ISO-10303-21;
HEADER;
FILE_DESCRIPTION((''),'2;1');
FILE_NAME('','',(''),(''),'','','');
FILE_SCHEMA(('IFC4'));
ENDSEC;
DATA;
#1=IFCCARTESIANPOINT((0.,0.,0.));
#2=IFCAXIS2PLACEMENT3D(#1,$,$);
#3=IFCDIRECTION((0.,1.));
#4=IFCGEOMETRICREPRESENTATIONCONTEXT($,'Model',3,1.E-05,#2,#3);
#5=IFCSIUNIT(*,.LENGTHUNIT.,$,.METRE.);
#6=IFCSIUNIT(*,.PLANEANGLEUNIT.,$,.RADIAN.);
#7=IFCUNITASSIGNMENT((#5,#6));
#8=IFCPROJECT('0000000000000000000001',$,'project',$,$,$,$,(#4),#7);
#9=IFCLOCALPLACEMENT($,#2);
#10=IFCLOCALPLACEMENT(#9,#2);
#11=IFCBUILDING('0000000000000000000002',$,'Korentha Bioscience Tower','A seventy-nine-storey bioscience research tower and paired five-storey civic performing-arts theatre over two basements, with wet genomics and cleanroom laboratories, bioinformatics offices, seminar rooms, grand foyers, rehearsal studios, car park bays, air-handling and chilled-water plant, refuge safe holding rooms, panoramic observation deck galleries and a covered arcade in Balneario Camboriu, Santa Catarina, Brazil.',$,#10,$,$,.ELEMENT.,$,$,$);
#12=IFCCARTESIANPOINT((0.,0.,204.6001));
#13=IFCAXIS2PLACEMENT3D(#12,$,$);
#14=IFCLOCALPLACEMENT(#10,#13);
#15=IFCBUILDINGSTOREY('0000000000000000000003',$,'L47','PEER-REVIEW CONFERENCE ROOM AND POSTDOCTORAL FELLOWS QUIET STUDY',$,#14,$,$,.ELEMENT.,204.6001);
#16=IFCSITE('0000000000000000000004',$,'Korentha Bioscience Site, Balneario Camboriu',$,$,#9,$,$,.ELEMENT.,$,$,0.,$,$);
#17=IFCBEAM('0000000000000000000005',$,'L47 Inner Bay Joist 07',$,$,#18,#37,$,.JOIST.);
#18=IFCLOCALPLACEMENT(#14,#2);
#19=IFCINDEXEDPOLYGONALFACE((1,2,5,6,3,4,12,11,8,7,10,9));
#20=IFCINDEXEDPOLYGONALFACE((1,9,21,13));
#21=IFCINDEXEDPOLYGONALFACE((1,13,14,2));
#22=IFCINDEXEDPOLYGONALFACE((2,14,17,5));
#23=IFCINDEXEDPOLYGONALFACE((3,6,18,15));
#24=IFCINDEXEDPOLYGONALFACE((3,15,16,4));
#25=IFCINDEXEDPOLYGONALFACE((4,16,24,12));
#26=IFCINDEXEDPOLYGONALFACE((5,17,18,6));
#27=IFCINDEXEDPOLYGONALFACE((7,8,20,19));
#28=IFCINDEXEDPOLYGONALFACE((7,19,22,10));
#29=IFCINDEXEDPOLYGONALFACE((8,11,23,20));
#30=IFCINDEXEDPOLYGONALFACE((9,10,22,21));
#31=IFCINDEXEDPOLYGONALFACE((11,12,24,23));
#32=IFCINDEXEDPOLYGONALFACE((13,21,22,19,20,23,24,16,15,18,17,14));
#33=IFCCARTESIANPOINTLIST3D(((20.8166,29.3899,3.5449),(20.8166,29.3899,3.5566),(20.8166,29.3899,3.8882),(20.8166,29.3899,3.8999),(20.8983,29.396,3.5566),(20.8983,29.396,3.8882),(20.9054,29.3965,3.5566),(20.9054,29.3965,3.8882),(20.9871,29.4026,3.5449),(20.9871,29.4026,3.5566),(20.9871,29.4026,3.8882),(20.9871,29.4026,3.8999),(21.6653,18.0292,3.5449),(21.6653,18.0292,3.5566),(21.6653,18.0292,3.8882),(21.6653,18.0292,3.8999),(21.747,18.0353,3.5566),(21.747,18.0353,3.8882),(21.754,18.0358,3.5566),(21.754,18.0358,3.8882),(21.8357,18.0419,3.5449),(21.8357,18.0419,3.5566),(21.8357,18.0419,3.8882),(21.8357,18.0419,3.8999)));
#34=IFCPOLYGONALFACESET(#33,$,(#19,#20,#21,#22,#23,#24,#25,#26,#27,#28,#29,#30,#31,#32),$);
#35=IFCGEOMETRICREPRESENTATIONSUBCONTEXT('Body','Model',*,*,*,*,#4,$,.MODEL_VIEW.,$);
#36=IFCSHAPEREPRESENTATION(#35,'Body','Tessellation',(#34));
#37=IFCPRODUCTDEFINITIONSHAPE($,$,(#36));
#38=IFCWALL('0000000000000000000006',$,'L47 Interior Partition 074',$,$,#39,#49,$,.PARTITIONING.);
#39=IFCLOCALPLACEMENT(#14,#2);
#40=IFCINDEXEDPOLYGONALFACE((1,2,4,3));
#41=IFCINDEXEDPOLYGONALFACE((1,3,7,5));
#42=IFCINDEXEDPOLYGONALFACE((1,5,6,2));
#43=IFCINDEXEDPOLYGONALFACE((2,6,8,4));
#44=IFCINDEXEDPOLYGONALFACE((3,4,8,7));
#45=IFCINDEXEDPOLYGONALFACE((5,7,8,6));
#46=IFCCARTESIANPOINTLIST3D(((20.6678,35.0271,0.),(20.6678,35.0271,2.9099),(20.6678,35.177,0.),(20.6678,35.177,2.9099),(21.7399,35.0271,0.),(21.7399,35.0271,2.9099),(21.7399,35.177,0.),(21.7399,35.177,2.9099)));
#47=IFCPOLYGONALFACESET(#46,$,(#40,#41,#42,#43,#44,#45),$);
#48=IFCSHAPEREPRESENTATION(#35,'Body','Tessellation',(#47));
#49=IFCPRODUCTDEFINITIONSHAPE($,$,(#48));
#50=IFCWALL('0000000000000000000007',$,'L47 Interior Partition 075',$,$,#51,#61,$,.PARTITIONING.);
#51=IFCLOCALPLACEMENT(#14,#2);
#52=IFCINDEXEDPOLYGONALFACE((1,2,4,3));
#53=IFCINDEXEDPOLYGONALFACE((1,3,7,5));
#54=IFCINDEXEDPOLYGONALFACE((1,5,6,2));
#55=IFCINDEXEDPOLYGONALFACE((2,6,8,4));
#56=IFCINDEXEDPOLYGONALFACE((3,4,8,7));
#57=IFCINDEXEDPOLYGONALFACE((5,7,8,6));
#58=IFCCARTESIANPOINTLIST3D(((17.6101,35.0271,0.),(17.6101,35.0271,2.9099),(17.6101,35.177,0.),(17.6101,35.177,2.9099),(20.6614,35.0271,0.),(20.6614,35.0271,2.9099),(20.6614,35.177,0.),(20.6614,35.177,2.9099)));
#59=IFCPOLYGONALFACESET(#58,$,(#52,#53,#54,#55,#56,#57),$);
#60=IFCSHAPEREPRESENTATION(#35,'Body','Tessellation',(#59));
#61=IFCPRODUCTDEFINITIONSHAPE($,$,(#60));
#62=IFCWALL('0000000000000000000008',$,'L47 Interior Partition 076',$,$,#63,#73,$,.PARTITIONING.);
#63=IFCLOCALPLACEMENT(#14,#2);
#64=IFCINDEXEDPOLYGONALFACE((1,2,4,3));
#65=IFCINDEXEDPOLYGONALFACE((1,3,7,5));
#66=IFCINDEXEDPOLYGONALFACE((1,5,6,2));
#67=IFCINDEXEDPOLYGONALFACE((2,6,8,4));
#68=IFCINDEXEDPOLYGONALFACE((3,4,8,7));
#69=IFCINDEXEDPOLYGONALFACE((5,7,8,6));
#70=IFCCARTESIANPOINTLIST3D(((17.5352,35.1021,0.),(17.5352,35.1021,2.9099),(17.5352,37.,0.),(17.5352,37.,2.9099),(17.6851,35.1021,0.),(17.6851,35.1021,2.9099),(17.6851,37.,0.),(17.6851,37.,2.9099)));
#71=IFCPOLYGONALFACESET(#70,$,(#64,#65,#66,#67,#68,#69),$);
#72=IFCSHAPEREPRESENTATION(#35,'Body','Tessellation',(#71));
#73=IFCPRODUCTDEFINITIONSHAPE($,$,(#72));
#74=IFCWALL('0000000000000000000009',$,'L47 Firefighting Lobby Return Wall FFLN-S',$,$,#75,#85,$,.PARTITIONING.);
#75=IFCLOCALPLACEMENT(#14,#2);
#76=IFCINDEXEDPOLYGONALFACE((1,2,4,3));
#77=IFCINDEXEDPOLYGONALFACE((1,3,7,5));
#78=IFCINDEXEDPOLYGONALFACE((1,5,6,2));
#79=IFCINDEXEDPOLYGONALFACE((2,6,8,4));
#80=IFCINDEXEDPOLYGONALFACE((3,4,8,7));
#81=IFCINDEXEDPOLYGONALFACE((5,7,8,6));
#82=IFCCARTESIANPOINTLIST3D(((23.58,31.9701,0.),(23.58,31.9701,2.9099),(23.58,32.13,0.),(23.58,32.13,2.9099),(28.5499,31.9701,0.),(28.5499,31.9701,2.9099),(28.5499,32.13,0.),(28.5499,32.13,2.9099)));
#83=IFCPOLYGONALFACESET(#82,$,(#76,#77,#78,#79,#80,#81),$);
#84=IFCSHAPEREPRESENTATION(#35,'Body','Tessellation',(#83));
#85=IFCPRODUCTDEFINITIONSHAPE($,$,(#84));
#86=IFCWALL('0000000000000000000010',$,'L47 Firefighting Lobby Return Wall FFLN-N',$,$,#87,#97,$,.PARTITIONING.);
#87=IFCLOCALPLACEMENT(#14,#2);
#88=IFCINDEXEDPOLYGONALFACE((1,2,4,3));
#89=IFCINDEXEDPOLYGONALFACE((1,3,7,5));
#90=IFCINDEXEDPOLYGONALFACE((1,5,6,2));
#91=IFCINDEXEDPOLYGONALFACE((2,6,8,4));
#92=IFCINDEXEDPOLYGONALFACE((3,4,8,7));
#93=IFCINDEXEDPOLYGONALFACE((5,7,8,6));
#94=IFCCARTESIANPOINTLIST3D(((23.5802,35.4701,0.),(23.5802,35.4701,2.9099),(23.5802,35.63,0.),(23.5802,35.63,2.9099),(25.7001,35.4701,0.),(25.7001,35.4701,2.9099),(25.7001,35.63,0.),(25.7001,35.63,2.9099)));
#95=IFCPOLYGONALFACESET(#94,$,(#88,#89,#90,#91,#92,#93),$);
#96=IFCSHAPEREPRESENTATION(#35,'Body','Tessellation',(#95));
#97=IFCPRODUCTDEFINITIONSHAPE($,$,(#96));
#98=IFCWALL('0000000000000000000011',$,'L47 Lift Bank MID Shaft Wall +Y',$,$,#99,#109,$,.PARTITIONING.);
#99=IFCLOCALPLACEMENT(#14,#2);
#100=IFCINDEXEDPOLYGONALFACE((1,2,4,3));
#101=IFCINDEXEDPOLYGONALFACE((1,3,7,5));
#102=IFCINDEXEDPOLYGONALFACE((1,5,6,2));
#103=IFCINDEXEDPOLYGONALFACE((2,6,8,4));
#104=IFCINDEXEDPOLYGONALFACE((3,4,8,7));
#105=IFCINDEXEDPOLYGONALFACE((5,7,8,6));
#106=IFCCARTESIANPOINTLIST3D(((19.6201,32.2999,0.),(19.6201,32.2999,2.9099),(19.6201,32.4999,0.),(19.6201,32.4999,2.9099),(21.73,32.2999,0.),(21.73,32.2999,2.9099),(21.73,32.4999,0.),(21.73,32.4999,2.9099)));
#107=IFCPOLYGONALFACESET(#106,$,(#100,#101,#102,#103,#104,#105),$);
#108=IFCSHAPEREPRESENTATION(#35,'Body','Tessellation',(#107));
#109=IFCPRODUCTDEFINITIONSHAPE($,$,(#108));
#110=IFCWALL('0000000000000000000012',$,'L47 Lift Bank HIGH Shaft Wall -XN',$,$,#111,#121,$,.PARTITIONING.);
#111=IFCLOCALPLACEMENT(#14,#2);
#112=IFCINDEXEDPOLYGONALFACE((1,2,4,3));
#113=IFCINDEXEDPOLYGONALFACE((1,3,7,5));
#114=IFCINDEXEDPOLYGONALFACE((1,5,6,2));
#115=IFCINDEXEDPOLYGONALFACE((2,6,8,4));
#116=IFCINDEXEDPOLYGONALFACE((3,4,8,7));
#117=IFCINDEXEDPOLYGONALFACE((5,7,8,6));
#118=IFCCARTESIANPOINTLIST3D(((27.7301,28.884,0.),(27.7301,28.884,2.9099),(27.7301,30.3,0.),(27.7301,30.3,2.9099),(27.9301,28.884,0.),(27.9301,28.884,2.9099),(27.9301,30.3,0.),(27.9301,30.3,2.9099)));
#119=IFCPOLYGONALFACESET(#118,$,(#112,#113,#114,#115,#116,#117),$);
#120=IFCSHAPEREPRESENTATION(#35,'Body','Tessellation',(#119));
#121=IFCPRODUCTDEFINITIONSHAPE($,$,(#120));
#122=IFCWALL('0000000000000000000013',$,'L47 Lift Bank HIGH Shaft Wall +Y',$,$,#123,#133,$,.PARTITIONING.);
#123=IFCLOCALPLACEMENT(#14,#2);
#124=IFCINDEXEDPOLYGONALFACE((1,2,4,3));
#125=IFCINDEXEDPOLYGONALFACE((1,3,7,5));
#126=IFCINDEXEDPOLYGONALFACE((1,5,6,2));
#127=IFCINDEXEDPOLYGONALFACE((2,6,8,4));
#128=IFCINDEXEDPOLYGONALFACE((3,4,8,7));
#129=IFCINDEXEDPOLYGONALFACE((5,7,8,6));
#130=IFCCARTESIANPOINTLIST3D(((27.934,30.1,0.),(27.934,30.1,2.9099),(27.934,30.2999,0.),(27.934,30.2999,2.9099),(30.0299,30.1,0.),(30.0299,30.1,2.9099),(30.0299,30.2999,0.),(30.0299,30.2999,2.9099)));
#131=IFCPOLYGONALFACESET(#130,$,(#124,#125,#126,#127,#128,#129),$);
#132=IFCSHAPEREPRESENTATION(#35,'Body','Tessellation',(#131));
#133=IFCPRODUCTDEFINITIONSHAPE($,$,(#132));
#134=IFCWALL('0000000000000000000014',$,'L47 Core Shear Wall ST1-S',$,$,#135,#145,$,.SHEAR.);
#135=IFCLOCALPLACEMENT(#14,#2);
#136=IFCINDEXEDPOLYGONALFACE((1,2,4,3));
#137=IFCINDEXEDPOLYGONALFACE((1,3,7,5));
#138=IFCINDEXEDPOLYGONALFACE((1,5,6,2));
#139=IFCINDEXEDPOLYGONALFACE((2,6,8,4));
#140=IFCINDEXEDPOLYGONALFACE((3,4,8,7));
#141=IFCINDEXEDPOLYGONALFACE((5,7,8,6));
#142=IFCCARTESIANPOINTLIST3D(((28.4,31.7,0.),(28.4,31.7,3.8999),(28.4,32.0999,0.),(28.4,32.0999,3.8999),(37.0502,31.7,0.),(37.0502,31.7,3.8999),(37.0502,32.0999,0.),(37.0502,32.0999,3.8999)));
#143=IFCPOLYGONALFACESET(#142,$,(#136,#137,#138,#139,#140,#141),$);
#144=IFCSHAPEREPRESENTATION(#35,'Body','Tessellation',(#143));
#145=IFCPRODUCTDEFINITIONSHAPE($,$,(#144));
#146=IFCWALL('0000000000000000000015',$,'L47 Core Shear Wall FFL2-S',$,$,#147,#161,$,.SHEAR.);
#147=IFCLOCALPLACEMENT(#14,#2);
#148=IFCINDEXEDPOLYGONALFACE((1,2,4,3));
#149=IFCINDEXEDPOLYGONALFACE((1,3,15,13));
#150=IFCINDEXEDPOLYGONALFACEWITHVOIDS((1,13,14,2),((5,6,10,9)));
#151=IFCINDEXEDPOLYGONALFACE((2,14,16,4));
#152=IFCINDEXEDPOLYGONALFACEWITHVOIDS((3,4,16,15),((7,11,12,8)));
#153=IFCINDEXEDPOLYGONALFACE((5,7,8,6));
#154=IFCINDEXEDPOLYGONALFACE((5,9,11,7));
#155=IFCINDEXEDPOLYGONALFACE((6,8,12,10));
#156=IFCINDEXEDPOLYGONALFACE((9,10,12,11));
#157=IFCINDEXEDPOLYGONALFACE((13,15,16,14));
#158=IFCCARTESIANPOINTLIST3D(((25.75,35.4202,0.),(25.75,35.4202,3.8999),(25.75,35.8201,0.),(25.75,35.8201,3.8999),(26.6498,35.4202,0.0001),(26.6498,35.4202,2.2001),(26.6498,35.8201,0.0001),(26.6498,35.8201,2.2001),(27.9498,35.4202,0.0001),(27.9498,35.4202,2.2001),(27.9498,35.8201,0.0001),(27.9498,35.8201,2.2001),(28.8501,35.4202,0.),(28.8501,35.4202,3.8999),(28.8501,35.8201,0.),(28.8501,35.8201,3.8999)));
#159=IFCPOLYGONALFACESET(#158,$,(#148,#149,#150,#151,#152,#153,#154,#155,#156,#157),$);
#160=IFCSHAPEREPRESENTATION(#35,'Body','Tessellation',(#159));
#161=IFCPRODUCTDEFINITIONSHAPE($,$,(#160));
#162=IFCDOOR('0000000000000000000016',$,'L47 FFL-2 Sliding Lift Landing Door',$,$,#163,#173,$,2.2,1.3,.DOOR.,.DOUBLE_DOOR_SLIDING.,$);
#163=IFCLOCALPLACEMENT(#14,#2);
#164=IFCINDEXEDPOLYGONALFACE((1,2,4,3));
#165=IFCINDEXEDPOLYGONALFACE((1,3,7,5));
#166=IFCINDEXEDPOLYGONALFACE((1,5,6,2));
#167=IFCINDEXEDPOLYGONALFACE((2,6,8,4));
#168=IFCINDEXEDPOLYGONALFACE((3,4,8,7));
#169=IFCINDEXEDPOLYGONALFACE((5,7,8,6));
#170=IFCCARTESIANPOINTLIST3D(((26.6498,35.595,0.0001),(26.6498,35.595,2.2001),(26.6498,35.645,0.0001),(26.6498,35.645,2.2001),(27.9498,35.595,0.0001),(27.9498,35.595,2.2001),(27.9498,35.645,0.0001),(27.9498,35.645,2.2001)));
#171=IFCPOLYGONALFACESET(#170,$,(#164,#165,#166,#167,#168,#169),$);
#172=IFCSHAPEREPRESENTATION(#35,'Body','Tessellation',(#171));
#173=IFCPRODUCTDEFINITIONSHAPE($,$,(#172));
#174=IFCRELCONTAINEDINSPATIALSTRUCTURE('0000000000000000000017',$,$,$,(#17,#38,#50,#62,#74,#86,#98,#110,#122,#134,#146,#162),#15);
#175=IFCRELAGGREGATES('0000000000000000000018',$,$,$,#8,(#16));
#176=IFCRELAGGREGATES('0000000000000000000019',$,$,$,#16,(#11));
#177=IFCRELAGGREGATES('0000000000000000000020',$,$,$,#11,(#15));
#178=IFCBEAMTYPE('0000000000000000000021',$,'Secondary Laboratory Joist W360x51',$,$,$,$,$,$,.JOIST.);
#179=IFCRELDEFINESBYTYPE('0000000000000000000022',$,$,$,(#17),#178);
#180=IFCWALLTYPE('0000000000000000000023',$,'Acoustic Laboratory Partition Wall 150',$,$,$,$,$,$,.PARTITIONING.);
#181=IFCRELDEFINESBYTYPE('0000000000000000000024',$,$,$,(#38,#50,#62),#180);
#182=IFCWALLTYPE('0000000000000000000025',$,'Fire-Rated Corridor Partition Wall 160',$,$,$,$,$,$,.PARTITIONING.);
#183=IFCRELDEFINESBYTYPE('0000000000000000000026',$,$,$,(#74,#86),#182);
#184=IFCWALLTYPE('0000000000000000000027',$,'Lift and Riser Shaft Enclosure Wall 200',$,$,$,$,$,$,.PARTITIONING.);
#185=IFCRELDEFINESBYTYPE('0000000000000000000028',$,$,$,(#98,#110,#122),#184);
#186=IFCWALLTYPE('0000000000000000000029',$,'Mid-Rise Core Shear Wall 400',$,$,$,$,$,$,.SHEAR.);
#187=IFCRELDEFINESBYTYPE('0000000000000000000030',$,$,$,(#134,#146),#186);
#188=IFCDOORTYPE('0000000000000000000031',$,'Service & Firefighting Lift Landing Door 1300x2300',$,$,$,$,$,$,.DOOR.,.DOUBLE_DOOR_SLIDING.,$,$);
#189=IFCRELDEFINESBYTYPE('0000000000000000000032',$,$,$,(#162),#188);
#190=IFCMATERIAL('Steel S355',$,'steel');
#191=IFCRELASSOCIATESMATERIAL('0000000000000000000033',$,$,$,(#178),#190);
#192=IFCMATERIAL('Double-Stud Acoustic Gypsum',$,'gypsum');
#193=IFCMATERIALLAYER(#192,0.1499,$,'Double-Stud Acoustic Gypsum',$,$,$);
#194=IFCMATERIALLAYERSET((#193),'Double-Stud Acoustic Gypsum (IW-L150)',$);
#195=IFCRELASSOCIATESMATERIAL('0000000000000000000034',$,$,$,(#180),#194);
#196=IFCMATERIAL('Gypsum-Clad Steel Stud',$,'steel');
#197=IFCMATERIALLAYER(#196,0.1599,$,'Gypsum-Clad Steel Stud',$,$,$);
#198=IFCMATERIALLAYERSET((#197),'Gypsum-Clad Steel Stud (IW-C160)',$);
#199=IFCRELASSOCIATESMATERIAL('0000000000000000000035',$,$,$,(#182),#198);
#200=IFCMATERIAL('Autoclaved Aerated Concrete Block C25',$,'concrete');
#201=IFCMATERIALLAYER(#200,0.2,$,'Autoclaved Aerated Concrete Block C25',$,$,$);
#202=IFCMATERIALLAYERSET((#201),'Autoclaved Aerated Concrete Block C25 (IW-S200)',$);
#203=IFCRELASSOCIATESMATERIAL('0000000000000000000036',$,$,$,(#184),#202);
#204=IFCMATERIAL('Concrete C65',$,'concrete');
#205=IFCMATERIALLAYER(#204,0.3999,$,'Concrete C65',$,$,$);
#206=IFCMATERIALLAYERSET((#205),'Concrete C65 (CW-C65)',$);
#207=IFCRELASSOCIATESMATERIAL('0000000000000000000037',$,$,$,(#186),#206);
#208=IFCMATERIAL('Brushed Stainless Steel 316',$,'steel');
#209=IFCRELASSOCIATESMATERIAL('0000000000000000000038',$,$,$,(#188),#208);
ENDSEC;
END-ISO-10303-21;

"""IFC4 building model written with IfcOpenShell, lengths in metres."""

from ifc_helpers import new_model, si_unit, direction, frame, frame_2d, origin, origin_2d, place, context, subcontext, project, spatial, rectangle, i_section, extrude, material, layer, layer_set, material_profile, profile_set, type_object, element, fill, save


model = new_model("IFC4")

# Units and contexts
model_context = context("Model", 3, precision=1e-05, world=origin(), true_north=direction((0.0, 1.0)))
body_context = subcontext(model_context, "Body", "Model", "MODEL_VIEW")
ifc_project = project(units=[si_unit("LENGTHUNIT", "METRE"), si_unit("PLANEANGLEUNIT", "RADIAN")], contexts=[model_context])

# Site, building, storey
site_placement = place(None, origin())
site = spatial("IfcSite", under=ifc_project, at=site_placement, Name="Korentha Bioscience Site, Balneario Camboriu", CompositionType="ELEMENT", RefElevation=0.0)
building_placement = place(site_placement, origin())
building = spatial("IfcBuilding", under=site, at=building_placement, Name="Korentha Bioscience Tower", Description="A seventy-nine-storey bioscience research tower and paired five-storey civic performing-arts theatre over two basements, with wet genomics and cleanroom laboratories, bioinformatics offices, seminar rooms, grand foyers, rehearsal studios, car park bays, air-handling and chilled-water plant, refuge safe holding rooms, panoramic observation deck galleries and a covered arcade in Balneario Camboriu, Santa Catarina, Brazil.", CompositionType="ELEMENT")
storey_placement = place(building_placement, frame((0.0, 0.0, 204.6001)))
storey = spatial("IfcBuildingStorey", under=building, at=storey_placement, Name="L47", Description="PEER-REVIEW CONFERENCE ROOM AND POSTDOCTORAL FELLOWS QUIET STUDY", CompositionType="ELEMENT", Elevation=204.6001)

# Shared definitions
ifc_material_1 = material(Name="Concrete C65", Category="concrete")

# Beam
ifc_material_2 = material(Name="Steel S355", Category="steel")
ifc_material_profile_1 = material_profile(ifc_material_2, i_section(OverallWidth=0.1709, OverallDepth=0.355, WebThickness=0.0071, FlangeThickness=0.0117, at=origin_2d()), Name="Steel S355")
ifc_profile_set_1 = profile_set([ifc_material_profile_1], Name="Steel S355 (JB-360)")
beam_type_1 = type_object("IfcBeamType", Name="Secondary Laboratory Joist W360x51", PredefinedType="JOIST", material=ifc_profile_set_1)
beam_1_placement = place(storey_placement, frame((20.9019, 29.3962, 3.7224), z_axis=(0.074492, -0.997222, 0.0), x_axis=(0.997222, 0.074492, 0.0)))
element("IfcBeam", 1, at=beam_1_placement, inside=storey, type_object=beam_type_1, Name="L47 Inner Bay Joist 07", PredefinedType="JOIST", context=body_context, shape_type="SweptSolid", body=[
    extrude(i_section(OverallWidth=0.1709, OverallDepth=0.355, WebThickness=0.0071, FlangeThickness=0.0117, at=origin_2d()), origin(), (0.0, 0.0, 1.0), 11.3923),
])

# Walls
ifc_material_3 = material(Name="Double-Stud Acoustic Gypsum", Category="gypsum")
ifc_layer_1 = layer(ifc_material_3, 0.1499, Name="Double-Stud Acoustic Gypsum")
ifc_layer_set_1 = layer_set([ifc_layer_1], Name="Double-Stud Acoustic Gypsum (IW-L150)")
wall_type_1 = type_object("IfcWallType", Name="Acoustic Laboratory Partition Wall 150", PredefinedType="PARTITIONING", material=ifc_layer_set_1)
wall_1_placement = place(storey_placement, frame((21.74, 35.1021, 0.0), z_axis=(0.0, 0.0, 1.0), x_axis=(-1.0, 0.0, 0.0)))
element("IfcWall", 2, at=wall_1_placement, inside=storey, type_object=wall_type_1, Name="L47 Interior Partition 074", PredefinedType="PARTITIONING", context=body_context, shape_type="SweptSolid", body=[
    extrude(rectangle(XDim=1.072, YDim=0.1499, at=frame_2d((0.5361, 0.0))), origin(), (0.0, 0.0, 1.0), 2.9099),
])
wall_2_placement = place(storey_placement, frame((20.6614, 35.1021, 0.0), z_axis=(0.0, 0.0, 1.0), x_axis=(-1.0, 0.0, 0.0)))
element("IfcWall", 3, at=wall_2_placement, inside=storey, type_object=wall_type_1, Name="L47 Interior Partition 075", PredefinedType="PARTITIONING", context=body_context, shape_type="SweptSolid", body=[
    extrude(rectangle(XDim=3.0513, YDim=0.1499, at=frame_2d((1.5256, 0.0))), origin(), (0.0, 0.0, 1.0), 2.9099),
])
wall_3_placement = place(storey_placement, frame((17.6101, 35.1021, 0.0), z_axis=(0.0, 0.0, 1.0), x_axis=(0.0, 1.0, 0.0)))
element("IfcWall", 4, at=wall_3_placement, inside=storey, type_object=wall_type_1, Name="L47 Interior Partition 076", PredefinedType="PARTITIONING", context=body_context, shape_type="SweptSolid", body=[
    extrude(rectangle(XDim=1.8979, YDim=0.1499, at=frame_2d((0.949, 0.0))), origin(), (0.0, 0.0, 1.0), 2.9099),
])

# Shared definitions
ifc_material_4 = material(Name="Gypsum-Clad Steel Stud", Category="steel")
ifc_layer_2 = layer(ifc_material_4, 0.1599, Name="Gypsum-Clad Steel Stud")
ifc_layer_set_2 = layer_set([ifc_layer_2], Name="Gypsum-Clad Steel Stud (IW-C160)")
wall_type_2 = type_object("IfcWallType", Name="Fire-Rated Corridor Partition Wall 160", PredefinedType="PARTITIONING", material=ifc_layer_set_2)

# Walls
wall_4_placement = place(storey_placement, frame((23.5801, 32.05, 0.0), z_axis=(0.0, 0.0, 1.0), x_axis=(1.0, 0.0, 0.0)))
element("IfcWall", 5, at=wall_4_placement, inside=storey, type_object=wall_type_2, Name="L47 Firefighting Lobby Return Wall FFLN-S", PredefinedType="PARTITIONING", context=body_context, shape_type="SweptSolid", body=[
    extrude(rectangle(XDim=4.97, YDim=0.1599, at=frame_2d((2.4849, 0.0))), origin(), (0.0, 0.0, 1.0), 2.9099),
])
wall_5_placement = place(storey_placement, frame((23.5801, 35.55, 0.0), z_axis=(0.0, 0.0, 1.0), x_axis=(1.0, 0.0, 0.0)))
element("IfcWall", 6, at=wall_5_placement, inside=storey, type_object=wall_type_2, Name="L47 Firefighting Lobby Return Wall FFLN-N", PredefinedType="PARTITIONING", context=body_context, shape_type="SweptSolid", body=[
    extrude(rectangle(XDim=2.1199, YDim=0.1599, at=frame_2d((1.0601, 0.0))), origin(), (0.0, 0.0, 1.0), 2.9099),
])
ifc_material_5 = material(Name="Autoclaved Aerated Concrete Block C25", Category="concrete")
ifc_layer_3 = layer(ifc_material_5, 0.2, Name="Autoclaved Aerated Concrete Block C25")
ifc_layer_set_3 = layer_set([ifc_layer_3], Name="Autoclaved Aerated Concrete Block C25 (IW-S200)")
wall_type_3 = type_object("IfcWallType", Name="Lift and Riser Shaft Enclosure Wall 200", PredefinedType="PARTITIONING", material=ifc_layer_set_3)
wall_6_placement = place(storey_placement, frame((19.6201, 32.3999, 0.0), z_axis=(0.0, 0.0, 1.0), x_axis=(1.0, 0.0, 0.0)))
element("IfcWall", 7, at=wall_6_placement, inside=storey, type_object=wall_type_3, Name="L47 Lift Bank MID Shaft Wall +Y", PredefinedType="PARTITIONING", context=body_context, shape_type="SweptSolid", body=[
    extrude(rectangle(XDim=2.1099, YDim=0.2, at=frame_2d((1.0549, 0.0))), origin(), (0.0, 0.0, 1.0), 2.9099),
])
wall_7_placement = place(storey_placement, frame((27.8301, 28.884, 0.0), z_axis=(0.0, 0.0, 1.0), x_axis=(0.0, 1.0, 0.0)))
element("IfcWall", 8, at=wall_7_placement, inside=storey, type_object=wall_type_3, Name="L47 Lift Bank HIGH Shaft Wall -XN", PredefinedType="PARTITIONING", context=body_context, shape_type="SweptSolid", body=[
    extrude(rectangle(XDim=1.416, YDim=0.2, at=frame_2d((0.708, 0.0))), origin(), (0.0, 0.0, 1.0), 2.9099),
])
wall_8_placement = place(storey_placement, frame((27.9341, 30.2, 0.0), z_axis=(0.0, 0.0, 1.0), x_axis=(1.0, 0.0, 0.0)))
element("IfcWall", 9, at=wall_8_placement, inside=storey, type_object=wall_type_3, Name="L47 Lift Bank HIGH Shaft Wall +Y", PredefinedType="PARTITIONING", context=body_context, shape_type="SweptSolid", body=[
    extrude(rectangle(XDim=2.0959, YDim=0.2, at=frame_2d((1.0479, 0.0))), origin(), (0.0, 0.0, 1.0), 2.9099),
])
ifc_layer_4 = layer(ifc_material_1, 0.3999, Name="Concrete C65")
ifc_layer_set_4 = layer_set([ifc_layer_4], Name="Concrete C65 (CW-C65)")
wall_type_4 = type_object("IfcWallType", Name="Mid-Rise Core Shear Wall 400", PredefinedType="SHEAR", material=ifc_layer_set_4)
wall_9_placement = place(storey_placement, frame((28.3999, 31.8999, 0.0), z_axis=(0.0, 0.0, 1.0), x_axis=(1.0, 0.0, 0.0)))
element("IfcWall", 10, at=wall_9_placement, inside=storey, type_object=wall_type_4, Name="L47 Core Shear Wall ST1-S", PredefinedType="SHEAR", context=body_context, shape_type="SweptSolid", body=[
    extrude(rectangle(XDim=8.6501, YDim=0.3999, at=frame_2d((4.3252, 0.0))), origin(), (0.0, 0.0, 1.0), 3.8999),
])

# Wall, opening, door
wall_10_placement = place(storey_placement, frame((25.75, 35.6201, 0.0), z_axis=(0.0, 0.0, 1.0), x_axis=(1.0, 0.0, 0.0)))
wall_10 = element("IfcWall", 11, at=wall_10_placement, inside=storey, type_object=wall_type_4, Name="L47 Core Shear Wall FFL2-S", PredefinedType="SHEAR", context=body_context, shape_type="SweptSolid", body=[
    extrude(rectangle(XDim=3.1001, YDim=0.3999, at=frame_2d((1.55, 0.0))), origin(), (0.0, 0.0, 1.0), 3.8999),
])
opening_1_placement = place(wall_10_placement, frame((0.8999, 0.0, 0.0)))
opening_1 = element("IfcOpeningElement", 12, at=opening_1_placement, cuts=wall_10, PredefinedType="OPENING", context=body_context, shape_type="SweptSolid", body=[
    extrude(rectangle(XDim=1.3, YDim=2.2, at=frame_2d((0.6499, 1.1001))), frame((0.0, 0.2148, 0.0), z_axis=(0.0, -1.0, 0.0), x_axis=(1.0, 0.0, 0.0)), (0.0, 0.0, 1.0), 0.4297),
])
ifc_material_6 = material(Name="Brushed Stainless Steel 316", Category="steel")
door_type_1 = type_object("IfcDoorType", Name="Service & Firefighting Lift Landing Door 1300x2300", OperationType="DOUBLE_DOOR_SLIDING", PredefinedType="DOOR", material=ifc_material_6)
door_1_placement = place(opening_1_placement, origin())
door_1 = element("IfcDoor", 13, at=door_1_placement, inside=storey, type_object=door_type_1, Name="L47 FFL-2 Sliding Lift Landing Door", OperationType="DOUBLE_DOOR_SLIDING", OverallHeight=2.2, OverallWidth=1.3, PredefinedType="DOOR", context=body_context, shape_type="SweptSolid", body=[
    extrude(rectangle(XDim=1.3, YDim=2.2, at=frame_2d((0.6499, 1.1001))), frame((0.0, 0.0249, 0.0), z_axis=(0.0, -1.0, 0.0), x_axis=(1.0, 0.0, 0.0)), (0.0, 0.0, 1.0), 0.05),
])
fill(opening_1, door_1)

save(model, "model.ifc")
